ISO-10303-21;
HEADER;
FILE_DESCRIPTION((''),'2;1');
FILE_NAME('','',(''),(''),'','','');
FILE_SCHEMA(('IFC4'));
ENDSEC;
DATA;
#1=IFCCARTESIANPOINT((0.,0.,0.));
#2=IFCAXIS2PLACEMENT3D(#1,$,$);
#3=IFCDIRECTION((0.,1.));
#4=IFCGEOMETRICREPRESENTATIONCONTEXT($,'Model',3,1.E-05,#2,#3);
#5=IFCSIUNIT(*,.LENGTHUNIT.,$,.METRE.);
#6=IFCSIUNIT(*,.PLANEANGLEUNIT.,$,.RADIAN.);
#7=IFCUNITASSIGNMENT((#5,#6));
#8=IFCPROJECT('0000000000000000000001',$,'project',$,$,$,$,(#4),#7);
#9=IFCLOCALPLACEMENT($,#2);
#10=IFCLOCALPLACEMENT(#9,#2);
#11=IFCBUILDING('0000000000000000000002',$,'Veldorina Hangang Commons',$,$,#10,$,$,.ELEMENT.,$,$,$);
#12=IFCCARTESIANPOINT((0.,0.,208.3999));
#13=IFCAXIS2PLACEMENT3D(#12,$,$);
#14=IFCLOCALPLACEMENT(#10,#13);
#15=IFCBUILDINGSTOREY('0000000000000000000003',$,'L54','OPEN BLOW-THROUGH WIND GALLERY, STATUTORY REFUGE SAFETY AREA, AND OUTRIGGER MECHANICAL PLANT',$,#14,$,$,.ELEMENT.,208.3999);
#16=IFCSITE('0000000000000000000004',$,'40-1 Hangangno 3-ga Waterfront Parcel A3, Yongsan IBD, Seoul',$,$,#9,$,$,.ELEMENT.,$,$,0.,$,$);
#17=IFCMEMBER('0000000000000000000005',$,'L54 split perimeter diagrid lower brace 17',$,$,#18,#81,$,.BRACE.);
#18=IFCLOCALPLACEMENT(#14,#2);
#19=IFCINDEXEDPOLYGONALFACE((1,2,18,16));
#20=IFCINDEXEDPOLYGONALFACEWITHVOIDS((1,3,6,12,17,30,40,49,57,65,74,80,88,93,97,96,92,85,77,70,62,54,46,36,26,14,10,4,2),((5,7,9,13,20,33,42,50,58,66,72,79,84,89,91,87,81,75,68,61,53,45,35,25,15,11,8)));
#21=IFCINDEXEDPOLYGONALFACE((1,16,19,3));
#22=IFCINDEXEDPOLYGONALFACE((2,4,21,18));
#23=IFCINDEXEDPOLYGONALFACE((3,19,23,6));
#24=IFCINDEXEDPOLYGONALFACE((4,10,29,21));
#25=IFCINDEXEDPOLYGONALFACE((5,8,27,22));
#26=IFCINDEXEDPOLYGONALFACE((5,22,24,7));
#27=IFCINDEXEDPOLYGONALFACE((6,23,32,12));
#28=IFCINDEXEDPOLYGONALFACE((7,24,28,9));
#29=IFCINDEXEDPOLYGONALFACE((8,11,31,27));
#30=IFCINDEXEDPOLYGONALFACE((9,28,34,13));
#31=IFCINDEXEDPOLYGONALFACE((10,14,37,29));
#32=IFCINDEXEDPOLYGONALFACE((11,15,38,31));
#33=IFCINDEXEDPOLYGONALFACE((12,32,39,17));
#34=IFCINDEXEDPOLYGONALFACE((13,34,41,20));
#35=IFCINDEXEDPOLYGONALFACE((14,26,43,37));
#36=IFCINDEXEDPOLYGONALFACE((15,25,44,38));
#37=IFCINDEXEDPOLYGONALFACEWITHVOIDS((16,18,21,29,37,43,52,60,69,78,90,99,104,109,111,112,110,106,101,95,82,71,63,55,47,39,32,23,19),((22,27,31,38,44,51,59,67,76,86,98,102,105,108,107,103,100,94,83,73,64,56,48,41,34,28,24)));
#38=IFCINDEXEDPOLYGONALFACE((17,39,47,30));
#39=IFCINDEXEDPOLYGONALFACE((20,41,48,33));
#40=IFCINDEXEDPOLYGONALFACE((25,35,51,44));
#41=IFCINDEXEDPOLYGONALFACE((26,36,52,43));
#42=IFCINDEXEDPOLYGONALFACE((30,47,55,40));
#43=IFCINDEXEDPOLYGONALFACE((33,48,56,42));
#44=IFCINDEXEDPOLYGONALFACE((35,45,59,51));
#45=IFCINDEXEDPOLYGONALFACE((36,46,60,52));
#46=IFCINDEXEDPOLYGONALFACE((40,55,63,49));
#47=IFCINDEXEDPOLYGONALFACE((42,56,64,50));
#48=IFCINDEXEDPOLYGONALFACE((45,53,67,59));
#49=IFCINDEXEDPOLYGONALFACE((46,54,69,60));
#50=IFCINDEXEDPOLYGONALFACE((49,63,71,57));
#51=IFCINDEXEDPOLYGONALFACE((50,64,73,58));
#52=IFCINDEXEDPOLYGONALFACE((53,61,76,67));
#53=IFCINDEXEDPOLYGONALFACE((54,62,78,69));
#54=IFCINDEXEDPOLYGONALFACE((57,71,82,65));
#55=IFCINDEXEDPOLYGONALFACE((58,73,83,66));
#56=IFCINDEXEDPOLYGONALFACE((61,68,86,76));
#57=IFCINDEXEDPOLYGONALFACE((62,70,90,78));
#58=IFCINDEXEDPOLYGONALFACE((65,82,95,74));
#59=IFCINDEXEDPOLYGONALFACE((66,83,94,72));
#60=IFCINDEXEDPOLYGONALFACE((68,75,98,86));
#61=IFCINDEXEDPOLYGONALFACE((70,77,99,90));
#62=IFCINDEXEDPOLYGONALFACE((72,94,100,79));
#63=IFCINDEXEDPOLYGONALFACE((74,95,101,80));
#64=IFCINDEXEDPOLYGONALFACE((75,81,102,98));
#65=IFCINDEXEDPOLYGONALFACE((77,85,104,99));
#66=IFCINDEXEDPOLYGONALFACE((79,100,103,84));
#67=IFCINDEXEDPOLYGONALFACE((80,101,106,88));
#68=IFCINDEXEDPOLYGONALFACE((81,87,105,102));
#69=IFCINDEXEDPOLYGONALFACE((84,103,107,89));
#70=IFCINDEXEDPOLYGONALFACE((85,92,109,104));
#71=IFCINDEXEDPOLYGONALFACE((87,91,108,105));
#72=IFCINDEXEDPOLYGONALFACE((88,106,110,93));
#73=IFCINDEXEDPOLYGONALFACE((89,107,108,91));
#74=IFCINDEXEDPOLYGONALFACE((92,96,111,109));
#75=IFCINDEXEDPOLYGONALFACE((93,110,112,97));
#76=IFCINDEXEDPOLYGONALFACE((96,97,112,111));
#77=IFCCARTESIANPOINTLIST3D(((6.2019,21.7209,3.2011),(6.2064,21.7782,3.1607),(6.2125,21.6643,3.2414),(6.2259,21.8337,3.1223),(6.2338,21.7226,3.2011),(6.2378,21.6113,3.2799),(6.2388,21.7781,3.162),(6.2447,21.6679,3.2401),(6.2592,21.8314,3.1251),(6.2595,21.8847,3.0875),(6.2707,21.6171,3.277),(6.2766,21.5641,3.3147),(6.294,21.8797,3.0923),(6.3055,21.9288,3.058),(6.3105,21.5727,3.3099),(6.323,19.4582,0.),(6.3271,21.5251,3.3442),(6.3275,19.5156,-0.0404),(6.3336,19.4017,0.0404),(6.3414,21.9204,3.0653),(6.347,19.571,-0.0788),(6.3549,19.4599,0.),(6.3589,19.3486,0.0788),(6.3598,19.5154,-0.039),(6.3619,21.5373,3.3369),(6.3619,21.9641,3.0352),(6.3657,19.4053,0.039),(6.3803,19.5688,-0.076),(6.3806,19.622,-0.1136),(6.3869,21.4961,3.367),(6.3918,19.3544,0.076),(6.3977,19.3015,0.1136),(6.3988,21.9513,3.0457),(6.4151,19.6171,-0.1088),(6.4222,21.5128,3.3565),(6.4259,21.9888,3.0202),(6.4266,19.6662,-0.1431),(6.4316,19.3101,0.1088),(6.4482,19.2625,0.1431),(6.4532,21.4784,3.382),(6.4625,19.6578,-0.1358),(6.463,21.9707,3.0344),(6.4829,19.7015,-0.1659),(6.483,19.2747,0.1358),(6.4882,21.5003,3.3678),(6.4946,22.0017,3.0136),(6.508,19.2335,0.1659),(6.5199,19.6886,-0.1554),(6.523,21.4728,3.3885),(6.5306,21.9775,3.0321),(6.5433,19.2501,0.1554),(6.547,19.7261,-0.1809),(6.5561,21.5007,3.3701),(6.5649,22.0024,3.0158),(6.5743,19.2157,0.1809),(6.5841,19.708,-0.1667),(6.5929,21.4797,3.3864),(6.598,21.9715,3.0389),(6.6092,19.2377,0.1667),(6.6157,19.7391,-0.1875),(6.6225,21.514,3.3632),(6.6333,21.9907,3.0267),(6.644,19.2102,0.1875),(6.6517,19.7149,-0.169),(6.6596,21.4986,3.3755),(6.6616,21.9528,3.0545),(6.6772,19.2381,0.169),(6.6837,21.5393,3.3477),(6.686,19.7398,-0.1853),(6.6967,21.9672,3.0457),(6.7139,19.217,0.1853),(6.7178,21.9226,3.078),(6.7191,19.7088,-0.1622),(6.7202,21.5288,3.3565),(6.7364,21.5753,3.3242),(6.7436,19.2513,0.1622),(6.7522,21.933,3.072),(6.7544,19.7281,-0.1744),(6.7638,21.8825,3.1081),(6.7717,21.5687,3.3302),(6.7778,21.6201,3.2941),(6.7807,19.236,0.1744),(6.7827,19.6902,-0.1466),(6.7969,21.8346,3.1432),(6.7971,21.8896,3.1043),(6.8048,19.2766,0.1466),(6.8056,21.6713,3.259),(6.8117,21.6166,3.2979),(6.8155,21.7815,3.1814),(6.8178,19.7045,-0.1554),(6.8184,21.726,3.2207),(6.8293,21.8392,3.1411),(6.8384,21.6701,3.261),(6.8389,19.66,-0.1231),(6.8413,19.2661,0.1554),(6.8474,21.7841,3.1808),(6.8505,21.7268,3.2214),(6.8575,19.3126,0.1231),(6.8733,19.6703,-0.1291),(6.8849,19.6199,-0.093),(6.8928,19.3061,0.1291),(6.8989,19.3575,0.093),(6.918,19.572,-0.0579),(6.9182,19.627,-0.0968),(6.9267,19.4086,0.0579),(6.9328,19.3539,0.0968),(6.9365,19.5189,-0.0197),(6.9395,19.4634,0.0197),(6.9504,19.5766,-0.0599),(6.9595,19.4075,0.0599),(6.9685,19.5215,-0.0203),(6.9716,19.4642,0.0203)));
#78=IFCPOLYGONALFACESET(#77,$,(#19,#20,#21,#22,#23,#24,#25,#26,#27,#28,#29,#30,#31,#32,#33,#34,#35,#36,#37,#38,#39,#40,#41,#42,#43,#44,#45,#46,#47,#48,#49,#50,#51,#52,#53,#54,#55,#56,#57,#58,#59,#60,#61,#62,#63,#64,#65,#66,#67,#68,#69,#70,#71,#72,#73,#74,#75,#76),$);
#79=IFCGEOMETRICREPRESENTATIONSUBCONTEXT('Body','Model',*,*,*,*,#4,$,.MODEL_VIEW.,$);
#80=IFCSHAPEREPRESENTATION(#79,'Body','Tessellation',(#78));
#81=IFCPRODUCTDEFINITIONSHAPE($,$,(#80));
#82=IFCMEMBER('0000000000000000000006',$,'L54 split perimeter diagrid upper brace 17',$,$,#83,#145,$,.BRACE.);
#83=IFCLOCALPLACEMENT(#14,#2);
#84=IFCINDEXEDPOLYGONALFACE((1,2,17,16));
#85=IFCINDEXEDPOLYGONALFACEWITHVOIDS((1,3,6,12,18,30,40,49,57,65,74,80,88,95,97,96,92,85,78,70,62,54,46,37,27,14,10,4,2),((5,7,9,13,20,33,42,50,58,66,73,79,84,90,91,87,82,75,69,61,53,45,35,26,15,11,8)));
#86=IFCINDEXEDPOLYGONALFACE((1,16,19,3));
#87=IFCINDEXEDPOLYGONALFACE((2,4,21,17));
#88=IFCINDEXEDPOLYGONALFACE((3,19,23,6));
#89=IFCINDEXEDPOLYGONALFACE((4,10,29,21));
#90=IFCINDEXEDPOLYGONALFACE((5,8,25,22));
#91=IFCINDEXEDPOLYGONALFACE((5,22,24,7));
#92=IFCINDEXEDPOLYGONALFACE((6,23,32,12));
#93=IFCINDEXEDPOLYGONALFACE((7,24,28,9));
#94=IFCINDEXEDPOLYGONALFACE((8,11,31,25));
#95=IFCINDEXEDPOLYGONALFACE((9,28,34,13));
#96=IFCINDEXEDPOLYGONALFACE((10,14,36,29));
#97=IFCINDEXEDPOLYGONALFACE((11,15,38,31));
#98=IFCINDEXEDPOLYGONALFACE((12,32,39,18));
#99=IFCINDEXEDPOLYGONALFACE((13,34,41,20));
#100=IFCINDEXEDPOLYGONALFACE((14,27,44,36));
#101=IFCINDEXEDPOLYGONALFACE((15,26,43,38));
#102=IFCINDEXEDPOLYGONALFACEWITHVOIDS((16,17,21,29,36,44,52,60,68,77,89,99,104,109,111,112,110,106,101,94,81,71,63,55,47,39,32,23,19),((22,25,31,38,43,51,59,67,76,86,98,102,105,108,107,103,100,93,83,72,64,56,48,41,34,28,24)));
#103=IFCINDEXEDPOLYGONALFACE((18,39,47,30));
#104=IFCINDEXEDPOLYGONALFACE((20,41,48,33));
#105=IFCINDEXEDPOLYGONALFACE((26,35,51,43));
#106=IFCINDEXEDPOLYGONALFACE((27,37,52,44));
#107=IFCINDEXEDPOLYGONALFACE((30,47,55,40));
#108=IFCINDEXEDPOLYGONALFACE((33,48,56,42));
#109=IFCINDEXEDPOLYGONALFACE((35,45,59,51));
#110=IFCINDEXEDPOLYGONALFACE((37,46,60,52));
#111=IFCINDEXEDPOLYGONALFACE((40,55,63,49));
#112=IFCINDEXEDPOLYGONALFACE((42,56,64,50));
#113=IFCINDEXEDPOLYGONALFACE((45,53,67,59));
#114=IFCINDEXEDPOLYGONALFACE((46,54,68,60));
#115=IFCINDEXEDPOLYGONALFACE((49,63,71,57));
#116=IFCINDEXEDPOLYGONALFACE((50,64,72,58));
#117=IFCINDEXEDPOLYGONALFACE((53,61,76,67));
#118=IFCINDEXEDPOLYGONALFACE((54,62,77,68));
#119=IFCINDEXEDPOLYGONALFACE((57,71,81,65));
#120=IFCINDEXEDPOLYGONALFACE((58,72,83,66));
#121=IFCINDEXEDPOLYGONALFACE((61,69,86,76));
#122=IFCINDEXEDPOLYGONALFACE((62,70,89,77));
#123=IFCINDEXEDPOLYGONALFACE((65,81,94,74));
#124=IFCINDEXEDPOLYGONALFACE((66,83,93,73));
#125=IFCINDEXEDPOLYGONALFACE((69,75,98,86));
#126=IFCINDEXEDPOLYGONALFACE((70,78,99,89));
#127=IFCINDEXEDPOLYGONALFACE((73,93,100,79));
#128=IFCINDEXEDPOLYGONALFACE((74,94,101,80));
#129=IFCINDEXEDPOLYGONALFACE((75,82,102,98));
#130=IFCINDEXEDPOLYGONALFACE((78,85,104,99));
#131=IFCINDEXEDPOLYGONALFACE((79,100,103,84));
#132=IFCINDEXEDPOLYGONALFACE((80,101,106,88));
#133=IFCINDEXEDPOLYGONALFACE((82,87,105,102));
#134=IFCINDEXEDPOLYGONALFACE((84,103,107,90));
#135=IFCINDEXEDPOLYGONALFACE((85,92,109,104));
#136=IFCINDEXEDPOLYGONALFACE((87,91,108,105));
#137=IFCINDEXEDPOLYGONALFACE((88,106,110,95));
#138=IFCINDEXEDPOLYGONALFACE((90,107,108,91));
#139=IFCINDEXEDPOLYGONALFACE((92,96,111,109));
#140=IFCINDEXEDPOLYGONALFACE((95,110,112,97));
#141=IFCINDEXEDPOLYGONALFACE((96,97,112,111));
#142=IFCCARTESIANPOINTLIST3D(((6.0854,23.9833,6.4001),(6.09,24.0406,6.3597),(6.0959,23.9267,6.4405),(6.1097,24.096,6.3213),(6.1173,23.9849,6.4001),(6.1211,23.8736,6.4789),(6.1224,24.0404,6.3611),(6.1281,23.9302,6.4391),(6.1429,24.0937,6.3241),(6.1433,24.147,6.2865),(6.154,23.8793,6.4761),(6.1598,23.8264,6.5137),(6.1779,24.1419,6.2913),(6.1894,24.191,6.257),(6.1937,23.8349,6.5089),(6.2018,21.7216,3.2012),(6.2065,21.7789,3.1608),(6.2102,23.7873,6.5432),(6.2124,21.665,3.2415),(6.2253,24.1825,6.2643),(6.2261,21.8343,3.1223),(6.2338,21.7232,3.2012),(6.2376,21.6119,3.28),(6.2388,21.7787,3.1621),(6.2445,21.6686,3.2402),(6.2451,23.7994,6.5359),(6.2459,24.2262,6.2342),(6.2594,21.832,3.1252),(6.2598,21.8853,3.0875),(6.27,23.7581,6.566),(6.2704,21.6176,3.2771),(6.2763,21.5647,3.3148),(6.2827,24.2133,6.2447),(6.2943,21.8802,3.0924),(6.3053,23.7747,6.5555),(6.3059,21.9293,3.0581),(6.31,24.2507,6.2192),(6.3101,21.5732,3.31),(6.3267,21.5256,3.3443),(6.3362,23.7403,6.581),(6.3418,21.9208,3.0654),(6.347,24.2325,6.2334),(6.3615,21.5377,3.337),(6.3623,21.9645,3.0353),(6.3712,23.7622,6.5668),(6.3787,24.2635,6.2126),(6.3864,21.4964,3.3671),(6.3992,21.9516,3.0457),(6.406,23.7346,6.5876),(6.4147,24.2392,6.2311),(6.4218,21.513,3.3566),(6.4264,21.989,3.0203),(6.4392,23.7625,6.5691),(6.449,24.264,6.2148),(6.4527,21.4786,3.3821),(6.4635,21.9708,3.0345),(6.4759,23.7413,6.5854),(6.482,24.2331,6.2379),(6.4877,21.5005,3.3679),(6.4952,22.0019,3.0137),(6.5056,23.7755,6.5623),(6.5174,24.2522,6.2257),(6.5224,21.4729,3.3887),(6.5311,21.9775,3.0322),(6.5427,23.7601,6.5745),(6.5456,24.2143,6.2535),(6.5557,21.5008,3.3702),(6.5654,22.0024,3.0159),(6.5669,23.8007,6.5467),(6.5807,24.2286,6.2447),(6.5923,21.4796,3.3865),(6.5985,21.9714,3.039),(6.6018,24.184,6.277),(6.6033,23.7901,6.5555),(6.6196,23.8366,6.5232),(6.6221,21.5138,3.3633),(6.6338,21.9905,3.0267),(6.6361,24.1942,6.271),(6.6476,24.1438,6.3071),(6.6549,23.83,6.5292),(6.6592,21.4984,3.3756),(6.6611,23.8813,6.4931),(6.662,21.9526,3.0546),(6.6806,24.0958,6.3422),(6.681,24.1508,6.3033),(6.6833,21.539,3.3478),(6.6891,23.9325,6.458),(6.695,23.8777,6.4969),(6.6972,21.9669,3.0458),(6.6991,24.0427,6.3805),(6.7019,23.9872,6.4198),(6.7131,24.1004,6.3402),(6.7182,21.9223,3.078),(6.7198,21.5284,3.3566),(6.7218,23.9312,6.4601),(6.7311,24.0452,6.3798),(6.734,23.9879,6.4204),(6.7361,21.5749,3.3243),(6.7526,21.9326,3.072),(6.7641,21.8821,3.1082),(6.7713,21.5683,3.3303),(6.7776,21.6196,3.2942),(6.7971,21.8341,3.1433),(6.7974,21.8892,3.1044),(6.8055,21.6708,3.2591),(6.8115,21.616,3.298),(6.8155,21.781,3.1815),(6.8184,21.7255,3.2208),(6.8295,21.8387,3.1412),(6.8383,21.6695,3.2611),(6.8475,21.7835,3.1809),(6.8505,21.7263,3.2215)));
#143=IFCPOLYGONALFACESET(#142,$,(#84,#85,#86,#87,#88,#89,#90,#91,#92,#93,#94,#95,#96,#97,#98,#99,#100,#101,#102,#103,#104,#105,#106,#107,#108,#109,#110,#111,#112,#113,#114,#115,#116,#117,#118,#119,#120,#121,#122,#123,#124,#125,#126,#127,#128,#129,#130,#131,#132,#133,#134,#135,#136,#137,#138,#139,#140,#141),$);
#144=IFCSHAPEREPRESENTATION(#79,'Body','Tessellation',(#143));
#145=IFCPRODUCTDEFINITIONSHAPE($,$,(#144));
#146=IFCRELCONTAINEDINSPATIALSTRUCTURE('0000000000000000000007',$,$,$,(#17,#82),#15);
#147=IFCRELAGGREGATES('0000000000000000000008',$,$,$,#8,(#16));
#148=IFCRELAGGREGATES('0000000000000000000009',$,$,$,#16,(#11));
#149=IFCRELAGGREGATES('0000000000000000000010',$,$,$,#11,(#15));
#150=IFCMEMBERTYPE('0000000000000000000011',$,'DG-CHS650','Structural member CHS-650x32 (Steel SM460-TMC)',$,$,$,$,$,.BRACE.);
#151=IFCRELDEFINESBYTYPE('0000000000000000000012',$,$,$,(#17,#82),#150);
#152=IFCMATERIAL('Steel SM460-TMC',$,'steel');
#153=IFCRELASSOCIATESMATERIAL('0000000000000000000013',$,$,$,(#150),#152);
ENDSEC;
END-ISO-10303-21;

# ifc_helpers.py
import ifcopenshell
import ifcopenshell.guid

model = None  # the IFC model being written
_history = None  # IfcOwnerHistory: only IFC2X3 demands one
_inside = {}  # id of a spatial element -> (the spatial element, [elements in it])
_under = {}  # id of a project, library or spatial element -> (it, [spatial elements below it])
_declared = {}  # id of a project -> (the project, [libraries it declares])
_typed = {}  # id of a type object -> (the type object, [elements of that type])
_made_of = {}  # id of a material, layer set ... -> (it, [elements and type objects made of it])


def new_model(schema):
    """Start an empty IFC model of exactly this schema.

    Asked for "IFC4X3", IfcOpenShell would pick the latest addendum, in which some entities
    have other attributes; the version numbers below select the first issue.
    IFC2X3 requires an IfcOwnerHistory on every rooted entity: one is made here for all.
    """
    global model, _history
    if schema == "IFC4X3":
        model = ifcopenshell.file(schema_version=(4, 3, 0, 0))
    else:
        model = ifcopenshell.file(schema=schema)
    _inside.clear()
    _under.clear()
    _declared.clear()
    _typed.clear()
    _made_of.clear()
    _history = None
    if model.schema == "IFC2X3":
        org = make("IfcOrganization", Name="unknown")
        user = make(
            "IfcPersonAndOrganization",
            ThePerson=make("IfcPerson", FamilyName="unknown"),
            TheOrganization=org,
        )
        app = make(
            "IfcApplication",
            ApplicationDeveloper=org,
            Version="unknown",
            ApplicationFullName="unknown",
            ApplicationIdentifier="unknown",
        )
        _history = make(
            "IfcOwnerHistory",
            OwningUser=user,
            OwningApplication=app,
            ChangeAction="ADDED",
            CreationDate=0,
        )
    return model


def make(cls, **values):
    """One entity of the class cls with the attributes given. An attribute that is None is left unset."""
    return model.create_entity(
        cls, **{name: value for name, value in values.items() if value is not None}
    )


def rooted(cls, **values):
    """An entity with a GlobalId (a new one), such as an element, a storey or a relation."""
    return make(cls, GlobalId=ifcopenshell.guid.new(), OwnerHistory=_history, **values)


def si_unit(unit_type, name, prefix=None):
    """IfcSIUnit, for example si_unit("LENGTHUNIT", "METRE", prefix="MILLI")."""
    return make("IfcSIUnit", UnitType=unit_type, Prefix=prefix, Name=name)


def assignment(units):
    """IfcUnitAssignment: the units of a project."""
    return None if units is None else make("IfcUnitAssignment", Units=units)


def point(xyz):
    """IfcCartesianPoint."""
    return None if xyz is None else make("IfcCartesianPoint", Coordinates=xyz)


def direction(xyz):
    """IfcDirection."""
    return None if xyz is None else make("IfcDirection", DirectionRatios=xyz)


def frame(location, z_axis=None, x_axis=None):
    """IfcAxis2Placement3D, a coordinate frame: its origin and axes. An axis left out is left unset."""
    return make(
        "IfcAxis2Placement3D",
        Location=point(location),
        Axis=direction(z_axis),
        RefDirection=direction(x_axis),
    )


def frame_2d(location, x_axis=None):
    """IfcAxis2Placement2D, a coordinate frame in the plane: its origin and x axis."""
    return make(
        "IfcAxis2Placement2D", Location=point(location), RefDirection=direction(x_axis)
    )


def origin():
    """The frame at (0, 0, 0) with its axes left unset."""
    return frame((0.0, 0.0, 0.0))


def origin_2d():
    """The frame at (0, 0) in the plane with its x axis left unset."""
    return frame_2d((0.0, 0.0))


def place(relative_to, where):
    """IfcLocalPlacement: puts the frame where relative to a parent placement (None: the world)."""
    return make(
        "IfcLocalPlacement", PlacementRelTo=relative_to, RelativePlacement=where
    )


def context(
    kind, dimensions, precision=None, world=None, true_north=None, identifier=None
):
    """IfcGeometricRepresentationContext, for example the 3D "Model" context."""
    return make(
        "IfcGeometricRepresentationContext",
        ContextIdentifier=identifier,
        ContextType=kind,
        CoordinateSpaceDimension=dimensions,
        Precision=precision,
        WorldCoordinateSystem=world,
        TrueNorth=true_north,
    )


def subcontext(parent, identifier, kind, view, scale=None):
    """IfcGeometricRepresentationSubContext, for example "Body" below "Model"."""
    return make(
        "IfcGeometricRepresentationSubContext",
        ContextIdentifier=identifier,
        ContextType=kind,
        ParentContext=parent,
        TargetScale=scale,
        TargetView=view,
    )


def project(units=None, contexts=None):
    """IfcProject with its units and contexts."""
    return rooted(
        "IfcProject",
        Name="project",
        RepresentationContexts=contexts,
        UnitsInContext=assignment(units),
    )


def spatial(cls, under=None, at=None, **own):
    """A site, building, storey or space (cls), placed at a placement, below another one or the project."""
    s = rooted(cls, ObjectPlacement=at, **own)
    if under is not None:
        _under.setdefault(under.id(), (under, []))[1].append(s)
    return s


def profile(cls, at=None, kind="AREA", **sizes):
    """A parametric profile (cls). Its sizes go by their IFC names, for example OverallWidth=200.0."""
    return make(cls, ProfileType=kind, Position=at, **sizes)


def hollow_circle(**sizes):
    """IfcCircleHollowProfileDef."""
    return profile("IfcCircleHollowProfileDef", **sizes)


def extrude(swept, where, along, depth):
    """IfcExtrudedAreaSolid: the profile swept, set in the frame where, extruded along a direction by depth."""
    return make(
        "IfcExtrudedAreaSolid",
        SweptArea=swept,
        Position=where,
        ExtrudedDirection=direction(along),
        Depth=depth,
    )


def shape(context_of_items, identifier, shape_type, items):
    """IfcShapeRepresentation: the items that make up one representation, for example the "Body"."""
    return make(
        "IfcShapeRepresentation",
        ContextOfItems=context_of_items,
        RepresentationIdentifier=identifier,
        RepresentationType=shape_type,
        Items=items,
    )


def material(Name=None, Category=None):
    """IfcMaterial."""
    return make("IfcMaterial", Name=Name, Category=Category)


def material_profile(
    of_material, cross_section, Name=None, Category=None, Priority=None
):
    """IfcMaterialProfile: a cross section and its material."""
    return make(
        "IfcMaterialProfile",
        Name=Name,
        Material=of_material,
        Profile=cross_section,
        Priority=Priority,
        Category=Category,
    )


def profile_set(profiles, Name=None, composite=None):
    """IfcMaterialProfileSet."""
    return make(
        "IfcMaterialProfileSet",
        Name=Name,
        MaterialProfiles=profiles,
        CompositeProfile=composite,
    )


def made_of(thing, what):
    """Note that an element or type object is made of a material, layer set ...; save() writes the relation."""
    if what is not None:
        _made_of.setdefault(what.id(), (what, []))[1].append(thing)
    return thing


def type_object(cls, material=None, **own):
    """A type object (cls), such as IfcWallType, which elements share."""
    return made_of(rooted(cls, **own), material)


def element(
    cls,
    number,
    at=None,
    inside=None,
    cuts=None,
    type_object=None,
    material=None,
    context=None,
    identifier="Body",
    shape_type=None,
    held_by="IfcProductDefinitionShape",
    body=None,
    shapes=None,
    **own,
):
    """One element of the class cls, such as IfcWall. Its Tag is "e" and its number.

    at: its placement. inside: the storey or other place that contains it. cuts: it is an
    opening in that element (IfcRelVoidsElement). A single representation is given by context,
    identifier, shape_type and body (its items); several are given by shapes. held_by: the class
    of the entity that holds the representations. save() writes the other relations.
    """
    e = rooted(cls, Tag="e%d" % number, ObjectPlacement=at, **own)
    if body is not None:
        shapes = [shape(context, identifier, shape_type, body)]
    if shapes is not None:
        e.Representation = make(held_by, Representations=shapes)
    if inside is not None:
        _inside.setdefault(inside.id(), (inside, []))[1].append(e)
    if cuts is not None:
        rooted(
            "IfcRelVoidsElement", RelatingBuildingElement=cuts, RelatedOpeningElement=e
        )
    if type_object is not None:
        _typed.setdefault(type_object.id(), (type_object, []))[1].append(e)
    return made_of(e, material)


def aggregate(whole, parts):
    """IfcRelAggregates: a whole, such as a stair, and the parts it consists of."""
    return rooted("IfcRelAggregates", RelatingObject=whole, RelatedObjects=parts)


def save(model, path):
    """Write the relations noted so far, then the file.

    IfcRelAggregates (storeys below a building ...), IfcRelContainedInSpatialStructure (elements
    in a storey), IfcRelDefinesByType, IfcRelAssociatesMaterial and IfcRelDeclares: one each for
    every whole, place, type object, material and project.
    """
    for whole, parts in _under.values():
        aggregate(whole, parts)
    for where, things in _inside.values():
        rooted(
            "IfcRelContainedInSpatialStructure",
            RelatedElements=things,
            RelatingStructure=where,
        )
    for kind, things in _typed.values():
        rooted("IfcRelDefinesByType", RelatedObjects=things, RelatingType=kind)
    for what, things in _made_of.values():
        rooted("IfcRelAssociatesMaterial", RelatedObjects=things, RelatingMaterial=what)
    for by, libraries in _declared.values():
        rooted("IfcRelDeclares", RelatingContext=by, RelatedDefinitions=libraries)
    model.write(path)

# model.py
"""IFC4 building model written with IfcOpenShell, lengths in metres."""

from ifc_helpers import new_model, si_unit, direction, frame, origin, origin_2d, place, context, subcontext, project, spatial, hollow_circle, extrude, material, material_profile, profile_set, type_object, element, save


model = new_model("IFC4")

# Units and contexts
model_context = context("Model", 3, precision=1e-05, world=origin(), true_north=direction((0.0, 1.0)))
body_context = subcontext(model_context, "Body", "Model", "MODEL_VIEW")
ifc_project = project(units=[si_unit("LENGTHUNIT", "METRE"), si_unit("PLANEANGLEUNIT", "RADIAN")], contexts=[model_context])

# Site, building, storey
site_placement = place(None, origin())
site = spatial("IfcSite", under=ifc_project, at=site_placement, Name="40-1 Hangangno 3-ga Waterfront Parcel A3, Yongsan IBD, Seoul", CompositionType="ELEMENT", RefElevation=0.0)
building_placement = place(site_placement, origin())
building = spatial("IfcBuilding", under=site, at=building_placement, Name="Veldorina Hangang Commons", CompositionType="ELEMENT")
storey_placement = place(building_placement, frame((0.0, 0.0, 208.3999)))
storey = spatial("IfcBuildingStorey", under=building, at=storey_placement, Name="L54", Description="OPEN BLOW-THROUGH WIND GALLERY, STATUTORY REFUGE SAFETY AREA, AND OUTRIGGER MECHANICAL PLANT", CompositionType="ELEMENT", Elevation=208.3999)

# Shared definitions
ifc_material_1 = material(Name="Steel SM460-TMC", Category="steel")

# Members
ifc_material_profile_1 = material_profile(ifc_material_1, hollow_circle(Radius=0.325, WallThickness=0.032, at=origin_2d()), Name="CHS-650x32")
ifc_profile_set_1 = profile_set([ifc_material_profile_1], Name="Steel SM460-TMC")
member_type_1 = type_object("IfcMemberType", Name="DG-CHS650", Description="Structural member CHS-650x32 (Steel SM460-TMC)", PredefinedType="BRACE", material=ifc_profile_set_1)
member_1_placement = place(storey_placement, frame((6.6475, 19.4756, 0.0), z_axis=(-0.030876, 0.576926, 0.816212), x_axis=(-0.998571, -0.053441, 0.0)))
element("IfcMember", 1, at=member_1_placement, inside=storey, type_object=member_type_1, Name="L54 split perimeter diagrid lower brace 17", PredefinedType="BRACE", context=body_context, shape_type="SweptSolid", body=[
    extrude(hollow_circle(Radius=0.325, WallThickness=0.032, at=origin_2d()), origin(), (0.0, 0.0, 1.0), 3.9219),
])
member_2_placement = place(storey_placement, frame((6.5264, 21.7383, 3.2012), z_axis=(-0.029712, 0.577045, 0.816172), x_axis=(-0.998677, -0.051422, 0.0)))
element("IfcMember", 2, at=member_2_placement, inside=storey, type_object=member_type_1, Name="L54 split perimeter diagrid upper brace 17", PredefinedType="BRACE", context=body_context, shape_type="SweptSolid", body=[
    extrude(hollow_circle(Radius=0.325, WallThickness=0.032, at=origin_2d()), origin(), (0.0, 0.0, 1.0), 3.9194),
])

save(model, "model.ifc")
